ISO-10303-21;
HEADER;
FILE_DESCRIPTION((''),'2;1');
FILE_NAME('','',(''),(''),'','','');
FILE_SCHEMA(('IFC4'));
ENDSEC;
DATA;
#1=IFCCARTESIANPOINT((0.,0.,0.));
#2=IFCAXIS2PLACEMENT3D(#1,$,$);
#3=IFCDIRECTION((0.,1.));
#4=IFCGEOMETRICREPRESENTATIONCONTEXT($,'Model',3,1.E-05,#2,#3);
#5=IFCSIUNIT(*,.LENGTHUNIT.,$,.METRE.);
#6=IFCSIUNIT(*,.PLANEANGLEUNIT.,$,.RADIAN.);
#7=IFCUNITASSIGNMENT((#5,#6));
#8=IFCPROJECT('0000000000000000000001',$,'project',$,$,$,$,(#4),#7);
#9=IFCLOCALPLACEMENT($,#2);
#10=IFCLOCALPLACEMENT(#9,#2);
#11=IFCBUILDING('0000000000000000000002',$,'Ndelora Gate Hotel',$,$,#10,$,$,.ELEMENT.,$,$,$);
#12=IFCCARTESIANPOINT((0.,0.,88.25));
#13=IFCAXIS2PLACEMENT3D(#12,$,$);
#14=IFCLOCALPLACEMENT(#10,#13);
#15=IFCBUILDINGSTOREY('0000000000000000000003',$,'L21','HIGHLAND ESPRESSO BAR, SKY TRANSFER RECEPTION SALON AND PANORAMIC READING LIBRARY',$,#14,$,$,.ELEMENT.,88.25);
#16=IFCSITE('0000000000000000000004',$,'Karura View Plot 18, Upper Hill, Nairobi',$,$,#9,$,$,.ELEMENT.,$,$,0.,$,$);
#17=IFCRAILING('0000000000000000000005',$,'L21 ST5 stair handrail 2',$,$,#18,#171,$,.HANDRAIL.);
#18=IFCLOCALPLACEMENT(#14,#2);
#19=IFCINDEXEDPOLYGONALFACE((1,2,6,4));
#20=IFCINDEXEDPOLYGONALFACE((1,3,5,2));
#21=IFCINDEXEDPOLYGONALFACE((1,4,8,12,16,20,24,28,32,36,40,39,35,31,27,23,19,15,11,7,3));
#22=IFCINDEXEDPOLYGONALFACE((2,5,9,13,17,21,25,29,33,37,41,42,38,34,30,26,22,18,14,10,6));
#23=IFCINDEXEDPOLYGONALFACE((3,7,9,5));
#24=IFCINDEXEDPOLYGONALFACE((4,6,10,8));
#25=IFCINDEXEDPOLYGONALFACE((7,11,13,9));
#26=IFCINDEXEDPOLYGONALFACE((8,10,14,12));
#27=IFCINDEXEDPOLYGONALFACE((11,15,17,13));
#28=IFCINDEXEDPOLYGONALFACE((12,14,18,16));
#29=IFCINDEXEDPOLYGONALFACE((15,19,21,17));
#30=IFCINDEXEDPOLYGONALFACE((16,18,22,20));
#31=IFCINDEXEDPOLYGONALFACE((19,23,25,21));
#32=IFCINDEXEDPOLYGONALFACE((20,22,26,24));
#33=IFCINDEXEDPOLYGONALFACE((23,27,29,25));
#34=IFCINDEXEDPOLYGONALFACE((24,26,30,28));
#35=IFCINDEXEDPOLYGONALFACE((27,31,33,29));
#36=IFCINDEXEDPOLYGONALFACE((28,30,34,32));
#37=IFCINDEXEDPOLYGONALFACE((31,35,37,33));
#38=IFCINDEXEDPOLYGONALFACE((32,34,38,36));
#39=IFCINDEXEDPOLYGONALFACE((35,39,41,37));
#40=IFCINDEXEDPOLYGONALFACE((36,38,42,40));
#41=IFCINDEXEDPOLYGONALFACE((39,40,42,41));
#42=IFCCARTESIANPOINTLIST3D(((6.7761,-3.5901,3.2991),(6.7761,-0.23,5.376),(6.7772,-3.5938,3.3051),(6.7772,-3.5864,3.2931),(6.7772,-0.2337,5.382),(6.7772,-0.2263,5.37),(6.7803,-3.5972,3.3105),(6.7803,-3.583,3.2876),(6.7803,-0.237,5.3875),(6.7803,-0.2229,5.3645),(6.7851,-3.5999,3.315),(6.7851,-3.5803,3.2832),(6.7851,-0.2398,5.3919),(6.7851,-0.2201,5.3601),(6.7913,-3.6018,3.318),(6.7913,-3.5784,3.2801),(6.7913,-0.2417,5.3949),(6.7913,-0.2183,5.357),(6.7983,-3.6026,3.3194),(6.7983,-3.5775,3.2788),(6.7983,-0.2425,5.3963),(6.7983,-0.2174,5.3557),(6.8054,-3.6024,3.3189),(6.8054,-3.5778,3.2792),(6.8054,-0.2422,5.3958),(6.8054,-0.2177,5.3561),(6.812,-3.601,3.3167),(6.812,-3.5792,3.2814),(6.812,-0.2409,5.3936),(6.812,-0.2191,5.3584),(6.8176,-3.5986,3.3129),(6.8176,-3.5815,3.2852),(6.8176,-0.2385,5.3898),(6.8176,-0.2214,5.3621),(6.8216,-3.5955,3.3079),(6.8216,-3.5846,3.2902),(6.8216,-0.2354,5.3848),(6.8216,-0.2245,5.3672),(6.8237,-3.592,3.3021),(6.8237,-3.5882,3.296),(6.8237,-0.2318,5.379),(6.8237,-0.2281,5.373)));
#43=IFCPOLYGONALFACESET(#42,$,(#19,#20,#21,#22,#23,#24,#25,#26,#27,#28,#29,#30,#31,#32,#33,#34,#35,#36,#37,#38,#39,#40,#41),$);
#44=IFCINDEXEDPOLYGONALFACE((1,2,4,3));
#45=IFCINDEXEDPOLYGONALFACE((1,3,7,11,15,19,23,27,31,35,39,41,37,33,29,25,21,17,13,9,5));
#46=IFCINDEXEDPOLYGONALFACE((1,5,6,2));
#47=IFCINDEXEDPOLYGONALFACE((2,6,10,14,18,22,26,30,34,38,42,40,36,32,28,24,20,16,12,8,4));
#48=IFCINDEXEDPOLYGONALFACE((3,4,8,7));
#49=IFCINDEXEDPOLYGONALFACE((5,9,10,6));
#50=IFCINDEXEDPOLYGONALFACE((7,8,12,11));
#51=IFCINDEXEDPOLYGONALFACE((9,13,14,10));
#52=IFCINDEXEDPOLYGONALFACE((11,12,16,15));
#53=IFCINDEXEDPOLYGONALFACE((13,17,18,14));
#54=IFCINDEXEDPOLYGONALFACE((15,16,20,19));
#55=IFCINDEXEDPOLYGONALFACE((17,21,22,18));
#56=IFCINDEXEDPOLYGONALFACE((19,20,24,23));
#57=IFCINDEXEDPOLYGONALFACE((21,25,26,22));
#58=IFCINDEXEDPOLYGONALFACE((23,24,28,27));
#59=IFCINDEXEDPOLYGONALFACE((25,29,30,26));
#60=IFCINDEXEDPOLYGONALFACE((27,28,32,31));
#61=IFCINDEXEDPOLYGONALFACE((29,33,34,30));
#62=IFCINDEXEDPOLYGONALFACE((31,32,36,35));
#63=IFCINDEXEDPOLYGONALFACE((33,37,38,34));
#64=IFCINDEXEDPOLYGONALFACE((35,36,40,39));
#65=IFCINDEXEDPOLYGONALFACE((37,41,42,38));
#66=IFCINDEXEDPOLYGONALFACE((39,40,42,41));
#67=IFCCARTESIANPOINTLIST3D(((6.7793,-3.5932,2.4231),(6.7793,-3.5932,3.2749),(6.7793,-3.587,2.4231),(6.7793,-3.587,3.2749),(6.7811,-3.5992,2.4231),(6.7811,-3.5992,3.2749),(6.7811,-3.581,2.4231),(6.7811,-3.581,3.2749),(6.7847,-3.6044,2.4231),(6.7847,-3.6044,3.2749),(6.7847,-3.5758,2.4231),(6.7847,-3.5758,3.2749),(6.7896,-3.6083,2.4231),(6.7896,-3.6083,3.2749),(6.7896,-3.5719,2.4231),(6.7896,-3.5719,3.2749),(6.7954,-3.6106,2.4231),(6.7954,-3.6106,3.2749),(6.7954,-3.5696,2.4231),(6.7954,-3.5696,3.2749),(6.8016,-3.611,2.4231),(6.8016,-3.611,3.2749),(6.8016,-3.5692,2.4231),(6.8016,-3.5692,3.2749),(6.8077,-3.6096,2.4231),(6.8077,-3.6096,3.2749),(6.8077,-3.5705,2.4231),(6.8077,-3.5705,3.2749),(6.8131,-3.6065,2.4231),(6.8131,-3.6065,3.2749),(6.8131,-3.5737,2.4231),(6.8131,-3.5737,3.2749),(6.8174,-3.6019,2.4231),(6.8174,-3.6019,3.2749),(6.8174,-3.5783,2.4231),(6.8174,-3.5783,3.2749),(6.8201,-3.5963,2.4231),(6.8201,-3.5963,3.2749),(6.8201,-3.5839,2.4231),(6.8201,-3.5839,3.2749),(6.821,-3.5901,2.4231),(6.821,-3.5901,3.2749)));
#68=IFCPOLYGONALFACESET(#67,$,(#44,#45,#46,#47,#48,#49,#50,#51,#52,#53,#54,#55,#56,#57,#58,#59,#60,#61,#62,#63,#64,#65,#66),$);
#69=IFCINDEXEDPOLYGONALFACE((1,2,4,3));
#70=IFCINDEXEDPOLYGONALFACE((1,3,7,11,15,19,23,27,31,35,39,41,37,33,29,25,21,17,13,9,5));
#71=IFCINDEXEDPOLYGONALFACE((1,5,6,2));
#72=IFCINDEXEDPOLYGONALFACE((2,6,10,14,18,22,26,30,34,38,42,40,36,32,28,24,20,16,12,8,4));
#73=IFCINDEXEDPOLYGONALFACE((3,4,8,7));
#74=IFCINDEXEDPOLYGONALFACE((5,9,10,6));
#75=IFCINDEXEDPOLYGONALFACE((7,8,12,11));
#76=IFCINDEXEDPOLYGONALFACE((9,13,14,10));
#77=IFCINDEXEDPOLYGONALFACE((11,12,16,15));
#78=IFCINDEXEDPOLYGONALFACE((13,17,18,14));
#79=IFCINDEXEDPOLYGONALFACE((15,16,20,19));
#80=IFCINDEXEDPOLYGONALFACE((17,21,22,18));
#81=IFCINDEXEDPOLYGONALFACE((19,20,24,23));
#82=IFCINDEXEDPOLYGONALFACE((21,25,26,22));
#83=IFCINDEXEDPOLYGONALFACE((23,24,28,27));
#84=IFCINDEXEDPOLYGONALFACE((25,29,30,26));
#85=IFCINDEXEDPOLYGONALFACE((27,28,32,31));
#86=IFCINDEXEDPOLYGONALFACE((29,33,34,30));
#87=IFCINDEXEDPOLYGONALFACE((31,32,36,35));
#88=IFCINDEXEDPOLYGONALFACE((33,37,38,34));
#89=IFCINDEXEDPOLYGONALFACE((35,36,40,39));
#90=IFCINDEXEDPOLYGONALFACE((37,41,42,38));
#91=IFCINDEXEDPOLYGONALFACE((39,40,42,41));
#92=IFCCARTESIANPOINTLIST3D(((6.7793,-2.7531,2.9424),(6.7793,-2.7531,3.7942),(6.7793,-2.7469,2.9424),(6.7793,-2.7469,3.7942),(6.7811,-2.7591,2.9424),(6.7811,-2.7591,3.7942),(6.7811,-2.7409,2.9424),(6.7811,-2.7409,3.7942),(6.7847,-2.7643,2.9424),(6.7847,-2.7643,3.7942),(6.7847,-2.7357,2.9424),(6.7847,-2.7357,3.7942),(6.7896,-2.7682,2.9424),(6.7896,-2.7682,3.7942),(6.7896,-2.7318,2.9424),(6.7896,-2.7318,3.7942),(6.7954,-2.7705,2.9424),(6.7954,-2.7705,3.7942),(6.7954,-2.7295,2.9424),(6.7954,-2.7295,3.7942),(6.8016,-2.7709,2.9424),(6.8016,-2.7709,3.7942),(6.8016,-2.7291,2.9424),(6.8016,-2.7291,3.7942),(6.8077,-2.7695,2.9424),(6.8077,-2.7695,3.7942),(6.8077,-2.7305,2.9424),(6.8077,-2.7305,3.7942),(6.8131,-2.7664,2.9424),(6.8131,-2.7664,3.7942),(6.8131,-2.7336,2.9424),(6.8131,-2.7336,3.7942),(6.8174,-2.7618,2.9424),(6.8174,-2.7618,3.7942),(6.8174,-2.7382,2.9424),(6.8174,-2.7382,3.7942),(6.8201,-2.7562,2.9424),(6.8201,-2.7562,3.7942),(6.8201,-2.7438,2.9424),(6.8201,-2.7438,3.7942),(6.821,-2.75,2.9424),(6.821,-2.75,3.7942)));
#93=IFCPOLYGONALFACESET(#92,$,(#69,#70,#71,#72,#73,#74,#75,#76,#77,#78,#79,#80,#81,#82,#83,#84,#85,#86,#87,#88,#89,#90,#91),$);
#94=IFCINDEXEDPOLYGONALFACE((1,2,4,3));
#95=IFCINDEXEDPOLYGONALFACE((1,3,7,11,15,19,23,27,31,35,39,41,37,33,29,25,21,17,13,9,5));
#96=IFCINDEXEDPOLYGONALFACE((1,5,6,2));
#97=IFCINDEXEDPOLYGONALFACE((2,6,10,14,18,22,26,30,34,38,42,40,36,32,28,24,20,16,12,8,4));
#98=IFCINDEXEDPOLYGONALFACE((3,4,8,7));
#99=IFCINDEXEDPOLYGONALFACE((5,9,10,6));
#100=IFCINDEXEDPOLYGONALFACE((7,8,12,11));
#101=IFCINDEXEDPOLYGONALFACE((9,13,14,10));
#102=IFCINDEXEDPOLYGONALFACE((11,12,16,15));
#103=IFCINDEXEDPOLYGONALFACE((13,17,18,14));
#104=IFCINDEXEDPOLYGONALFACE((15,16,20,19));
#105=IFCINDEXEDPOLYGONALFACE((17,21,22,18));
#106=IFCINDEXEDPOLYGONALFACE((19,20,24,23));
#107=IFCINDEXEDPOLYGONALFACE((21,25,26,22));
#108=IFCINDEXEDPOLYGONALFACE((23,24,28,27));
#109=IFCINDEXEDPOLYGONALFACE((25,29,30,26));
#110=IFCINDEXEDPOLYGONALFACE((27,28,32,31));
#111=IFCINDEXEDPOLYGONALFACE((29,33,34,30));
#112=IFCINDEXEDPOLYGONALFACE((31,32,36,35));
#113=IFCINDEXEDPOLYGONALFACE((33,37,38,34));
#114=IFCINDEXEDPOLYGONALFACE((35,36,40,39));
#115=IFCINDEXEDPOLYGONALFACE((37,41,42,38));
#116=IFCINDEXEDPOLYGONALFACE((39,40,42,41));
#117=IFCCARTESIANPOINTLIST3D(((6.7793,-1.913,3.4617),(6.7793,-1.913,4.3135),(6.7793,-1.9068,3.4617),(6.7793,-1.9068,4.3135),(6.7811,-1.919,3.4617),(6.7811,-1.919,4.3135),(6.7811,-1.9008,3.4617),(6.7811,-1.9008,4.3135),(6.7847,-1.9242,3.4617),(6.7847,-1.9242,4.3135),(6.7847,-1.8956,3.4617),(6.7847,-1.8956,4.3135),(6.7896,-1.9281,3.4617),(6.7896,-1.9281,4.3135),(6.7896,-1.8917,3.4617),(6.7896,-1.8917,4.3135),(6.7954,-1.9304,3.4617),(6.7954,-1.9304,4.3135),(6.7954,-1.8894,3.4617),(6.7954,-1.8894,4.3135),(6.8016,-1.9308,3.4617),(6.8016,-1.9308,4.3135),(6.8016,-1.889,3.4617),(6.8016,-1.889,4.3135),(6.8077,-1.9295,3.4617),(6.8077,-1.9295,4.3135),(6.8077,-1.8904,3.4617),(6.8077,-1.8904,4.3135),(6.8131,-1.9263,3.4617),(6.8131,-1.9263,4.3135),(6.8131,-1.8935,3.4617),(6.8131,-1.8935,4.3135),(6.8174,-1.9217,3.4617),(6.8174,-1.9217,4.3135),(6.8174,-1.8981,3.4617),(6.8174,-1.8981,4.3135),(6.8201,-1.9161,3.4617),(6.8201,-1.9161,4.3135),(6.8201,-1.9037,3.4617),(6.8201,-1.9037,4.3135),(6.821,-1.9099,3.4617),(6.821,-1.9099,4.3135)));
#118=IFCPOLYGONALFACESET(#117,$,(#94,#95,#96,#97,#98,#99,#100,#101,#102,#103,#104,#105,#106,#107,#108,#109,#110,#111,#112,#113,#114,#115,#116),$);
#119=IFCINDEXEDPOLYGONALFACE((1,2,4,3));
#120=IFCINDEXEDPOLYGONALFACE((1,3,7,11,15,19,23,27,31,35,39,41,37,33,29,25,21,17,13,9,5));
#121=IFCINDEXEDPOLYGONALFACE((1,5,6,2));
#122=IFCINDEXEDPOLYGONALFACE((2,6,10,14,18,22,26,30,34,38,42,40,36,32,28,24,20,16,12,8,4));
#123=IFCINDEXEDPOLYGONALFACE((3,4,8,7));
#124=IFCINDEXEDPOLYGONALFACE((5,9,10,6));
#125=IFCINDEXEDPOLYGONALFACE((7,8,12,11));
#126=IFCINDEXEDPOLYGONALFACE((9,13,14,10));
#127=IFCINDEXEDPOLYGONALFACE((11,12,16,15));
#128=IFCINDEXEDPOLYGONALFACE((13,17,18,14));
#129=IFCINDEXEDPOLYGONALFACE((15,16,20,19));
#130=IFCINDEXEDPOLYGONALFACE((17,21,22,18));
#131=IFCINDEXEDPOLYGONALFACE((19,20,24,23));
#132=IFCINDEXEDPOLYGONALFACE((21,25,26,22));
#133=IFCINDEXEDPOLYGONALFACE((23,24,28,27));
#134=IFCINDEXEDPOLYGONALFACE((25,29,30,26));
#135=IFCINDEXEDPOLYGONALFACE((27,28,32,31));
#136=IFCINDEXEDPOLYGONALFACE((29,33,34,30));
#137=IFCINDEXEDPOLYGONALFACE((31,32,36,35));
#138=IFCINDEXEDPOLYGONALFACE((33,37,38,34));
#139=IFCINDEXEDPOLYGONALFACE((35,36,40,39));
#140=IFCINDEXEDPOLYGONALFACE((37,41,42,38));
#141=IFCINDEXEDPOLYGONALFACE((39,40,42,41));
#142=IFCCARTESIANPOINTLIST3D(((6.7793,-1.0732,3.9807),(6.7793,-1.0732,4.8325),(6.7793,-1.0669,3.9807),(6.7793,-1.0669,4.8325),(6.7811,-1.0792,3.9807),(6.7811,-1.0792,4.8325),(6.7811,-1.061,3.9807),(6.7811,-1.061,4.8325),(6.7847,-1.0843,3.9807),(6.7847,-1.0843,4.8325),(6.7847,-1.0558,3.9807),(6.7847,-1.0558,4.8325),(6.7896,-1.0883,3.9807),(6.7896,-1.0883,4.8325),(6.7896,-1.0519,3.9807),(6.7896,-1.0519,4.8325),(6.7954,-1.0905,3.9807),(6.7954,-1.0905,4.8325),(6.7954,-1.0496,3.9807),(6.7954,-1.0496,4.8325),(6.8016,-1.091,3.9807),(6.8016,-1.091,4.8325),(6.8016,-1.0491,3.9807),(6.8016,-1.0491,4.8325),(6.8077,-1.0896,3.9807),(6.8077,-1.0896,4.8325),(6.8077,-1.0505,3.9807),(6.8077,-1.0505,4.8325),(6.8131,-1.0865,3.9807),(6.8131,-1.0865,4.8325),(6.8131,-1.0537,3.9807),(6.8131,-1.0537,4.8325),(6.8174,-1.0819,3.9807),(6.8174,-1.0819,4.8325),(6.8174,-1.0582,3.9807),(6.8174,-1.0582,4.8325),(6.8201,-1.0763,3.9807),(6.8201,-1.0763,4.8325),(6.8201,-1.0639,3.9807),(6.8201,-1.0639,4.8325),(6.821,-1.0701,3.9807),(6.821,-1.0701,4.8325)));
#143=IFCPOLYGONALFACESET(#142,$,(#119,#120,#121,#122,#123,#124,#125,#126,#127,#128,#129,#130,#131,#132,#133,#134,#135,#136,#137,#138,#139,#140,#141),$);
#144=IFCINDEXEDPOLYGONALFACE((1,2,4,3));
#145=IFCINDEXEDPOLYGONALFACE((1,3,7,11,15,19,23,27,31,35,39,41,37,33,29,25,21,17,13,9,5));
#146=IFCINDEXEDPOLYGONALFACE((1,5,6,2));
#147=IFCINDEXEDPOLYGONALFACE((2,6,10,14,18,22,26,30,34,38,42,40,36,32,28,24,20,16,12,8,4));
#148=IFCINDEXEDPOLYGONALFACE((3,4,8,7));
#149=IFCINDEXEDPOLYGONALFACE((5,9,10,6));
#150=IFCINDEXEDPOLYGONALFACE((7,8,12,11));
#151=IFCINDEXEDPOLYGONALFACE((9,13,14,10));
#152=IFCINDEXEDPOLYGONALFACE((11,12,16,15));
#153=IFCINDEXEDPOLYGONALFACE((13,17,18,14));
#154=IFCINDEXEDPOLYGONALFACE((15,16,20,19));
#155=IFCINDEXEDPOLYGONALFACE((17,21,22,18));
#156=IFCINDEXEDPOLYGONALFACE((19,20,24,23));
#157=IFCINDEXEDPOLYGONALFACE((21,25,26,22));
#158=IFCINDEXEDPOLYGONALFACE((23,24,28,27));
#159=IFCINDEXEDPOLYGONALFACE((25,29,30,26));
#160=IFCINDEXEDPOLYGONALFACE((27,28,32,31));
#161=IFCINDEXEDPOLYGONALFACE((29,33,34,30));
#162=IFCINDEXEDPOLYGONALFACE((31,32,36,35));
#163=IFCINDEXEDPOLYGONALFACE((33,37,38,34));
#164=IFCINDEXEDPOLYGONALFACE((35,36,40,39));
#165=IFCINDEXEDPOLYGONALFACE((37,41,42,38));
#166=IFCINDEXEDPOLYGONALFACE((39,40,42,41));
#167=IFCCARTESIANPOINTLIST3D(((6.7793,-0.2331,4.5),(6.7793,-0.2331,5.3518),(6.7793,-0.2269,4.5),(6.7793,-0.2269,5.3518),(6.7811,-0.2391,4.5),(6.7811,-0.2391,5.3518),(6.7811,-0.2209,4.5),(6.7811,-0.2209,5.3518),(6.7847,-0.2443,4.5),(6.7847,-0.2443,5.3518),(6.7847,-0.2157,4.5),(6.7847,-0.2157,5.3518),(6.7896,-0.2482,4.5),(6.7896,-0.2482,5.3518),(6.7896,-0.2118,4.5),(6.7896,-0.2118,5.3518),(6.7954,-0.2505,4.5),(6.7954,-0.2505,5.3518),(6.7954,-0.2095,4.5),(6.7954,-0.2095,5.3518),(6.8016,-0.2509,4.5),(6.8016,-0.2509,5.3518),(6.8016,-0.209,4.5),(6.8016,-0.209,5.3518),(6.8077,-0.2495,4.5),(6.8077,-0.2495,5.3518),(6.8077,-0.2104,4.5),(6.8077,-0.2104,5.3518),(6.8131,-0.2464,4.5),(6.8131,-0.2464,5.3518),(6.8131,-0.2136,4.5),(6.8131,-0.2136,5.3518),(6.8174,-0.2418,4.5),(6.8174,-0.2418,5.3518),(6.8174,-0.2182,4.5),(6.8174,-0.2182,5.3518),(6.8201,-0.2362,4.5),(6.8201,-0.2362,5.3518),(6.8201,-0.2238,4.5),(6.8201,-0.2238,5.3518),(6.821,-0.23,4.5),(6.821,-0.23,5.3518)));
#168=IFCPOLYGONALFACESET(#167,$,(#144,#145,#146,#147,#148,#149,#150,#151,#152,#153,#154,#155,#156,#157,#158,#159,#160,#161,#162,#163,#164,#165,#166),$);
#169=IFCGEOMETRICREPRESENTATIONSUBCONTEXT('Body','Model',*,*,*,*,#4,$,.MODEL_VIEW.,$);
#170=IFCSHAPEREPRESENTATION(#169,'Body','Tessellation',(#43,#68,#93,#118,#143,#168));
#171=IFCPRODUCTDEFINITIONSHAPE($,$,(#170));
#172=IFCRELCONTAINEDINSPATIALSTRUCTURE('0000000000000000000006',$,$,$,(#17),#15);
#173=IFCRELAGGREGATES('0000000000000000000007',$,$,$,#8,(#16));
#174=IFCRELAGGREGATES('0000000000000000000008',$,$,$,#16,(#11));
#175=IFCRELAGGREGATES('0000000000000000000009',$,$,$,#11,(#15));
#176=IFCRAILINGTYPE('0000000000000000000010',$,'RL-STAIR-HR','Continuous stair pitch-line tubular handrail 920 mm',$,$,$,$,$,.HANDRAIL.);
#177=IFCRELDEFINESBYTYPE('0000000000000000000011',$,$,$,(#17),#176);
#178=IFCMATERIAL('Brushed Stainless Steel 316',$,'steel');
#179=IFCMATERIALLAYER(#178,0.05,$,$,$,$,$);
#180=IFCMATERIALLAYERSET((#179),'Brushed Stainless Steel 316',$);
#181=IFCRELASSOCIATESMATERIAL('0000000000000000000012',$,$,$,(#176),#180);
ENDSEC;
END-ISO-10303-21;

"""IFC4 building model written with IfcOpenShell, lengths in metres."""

from ifc_helpers import new_model, si_unit, direction, frame, origin, origin_2d, place, context, subcontext, project, spatial, circle, extrude, material, layer, layer_set, type_object, element, save


model = new_model("IFC4")

# Units and contexts
model_context = context("Model", 3, precision=1e-05, world=origin(), true_north=direction((0.0, 1.0)))
body_context = subcontext(model_context, "Body", "Model", "MODEL_VIEW")
ifc_project = project(units=[si_unit("LENGTHUNIT", "METRE"), si_unit("PLANEANGLEUNIT", "RADIAN")], contexts=[model_context])

# Site, building, storey
site_placement = place(None, origin())
site = spatial("IfcSite", under=ifc_project, at=site_placement, Name="Karura View Plot 18, Upper Hill, Nairobi", CompositionType="ELEMENT", RefElevation=0.0)
building_placement = place(site_placement, origin())
building = spatial("IfcBuilding", under=site, at=building_placement, Name="Ndelora Gate Hotel", CompositionType="ELEMENT")
storey_placement = place(building_placement, frame((0.0, 0.0, 88.25)))
storey = spatial("IfcBuildingStorey", under=building, at=storey_placement, Name="L21", Description="HIGHLAND ESPRESSO BAR, SKY TRANSFER RECEPTION SALON AND PANORAMIC READING LIBRARY", CompositionType="ELEMENT", Elevation=88.25)

# Railing
ifc_material_1 = material(Name="Brushed Stainless Steel 316", Category="steel")
ifc_layer_1 = layer(ifc_material_1, 0.05)
ifc_layer_set_1 = layer_set([ifc_layer_1], Name="Brushed Stainless Steel 316")
railing_type_1 = type_object("IfcRailingType", Name="RL-STAIR-HR", Description="Continuous stair pitch-line tubular handrail 920 mm", PredefinedType="HANDRAIL", material=ifc_layer_set_1)
railing_1_placement = place(storey_placement, frame((6.8, -3.5901, 2.4231)))
element("IfcRailing", 1, at=railing_1_placement, inside=storey, type_object=railing_type_1, Name="L21 ST5 stair handrail 2", PredefinedType="HANDRAIL", context=body_context, shape_type="SweptSolid", body=[
    extrude(circle(Radius=0.0239, at=origin_2d()), frame((0.0, 0.0, 0.876), z_axis=(0.0, 0.850623, 0.525776), x_axis=(-1.0, 0.0, 0.0)), (0.0, 0.0, 1.0), 3.9502),
    extrude(circle(Radius=0.021, at=origin_2d()), origin(), (0.0, 0.0, 1.0), 0.8518),
    extrude(circle(Radius=0.021, at=origin_2d()), frame((0.0, 0.8401, 0.5193)), (0.0, 0.0, 1.0), 0.8518),
    extrude(circle(Radius=0.021, at=origin_2d()), frame((0.0, 1.6802, 1.0386)), (0.0, 0.0, 1.0), 0.8518),
    extrude(circle(Radius=0.021, at=origin_2d()), frame((0.0, 2.52, 1.5576)), (0.0, 0.0, 1.0), 0.8518),
    extrude(circle(Radius=0.021, at=origin_2d()), frame((0.0, 3.3601, 2.0769)), (0.0, 0.0, 1.0), 0.8518),
])

save(model, "model.ifc")
